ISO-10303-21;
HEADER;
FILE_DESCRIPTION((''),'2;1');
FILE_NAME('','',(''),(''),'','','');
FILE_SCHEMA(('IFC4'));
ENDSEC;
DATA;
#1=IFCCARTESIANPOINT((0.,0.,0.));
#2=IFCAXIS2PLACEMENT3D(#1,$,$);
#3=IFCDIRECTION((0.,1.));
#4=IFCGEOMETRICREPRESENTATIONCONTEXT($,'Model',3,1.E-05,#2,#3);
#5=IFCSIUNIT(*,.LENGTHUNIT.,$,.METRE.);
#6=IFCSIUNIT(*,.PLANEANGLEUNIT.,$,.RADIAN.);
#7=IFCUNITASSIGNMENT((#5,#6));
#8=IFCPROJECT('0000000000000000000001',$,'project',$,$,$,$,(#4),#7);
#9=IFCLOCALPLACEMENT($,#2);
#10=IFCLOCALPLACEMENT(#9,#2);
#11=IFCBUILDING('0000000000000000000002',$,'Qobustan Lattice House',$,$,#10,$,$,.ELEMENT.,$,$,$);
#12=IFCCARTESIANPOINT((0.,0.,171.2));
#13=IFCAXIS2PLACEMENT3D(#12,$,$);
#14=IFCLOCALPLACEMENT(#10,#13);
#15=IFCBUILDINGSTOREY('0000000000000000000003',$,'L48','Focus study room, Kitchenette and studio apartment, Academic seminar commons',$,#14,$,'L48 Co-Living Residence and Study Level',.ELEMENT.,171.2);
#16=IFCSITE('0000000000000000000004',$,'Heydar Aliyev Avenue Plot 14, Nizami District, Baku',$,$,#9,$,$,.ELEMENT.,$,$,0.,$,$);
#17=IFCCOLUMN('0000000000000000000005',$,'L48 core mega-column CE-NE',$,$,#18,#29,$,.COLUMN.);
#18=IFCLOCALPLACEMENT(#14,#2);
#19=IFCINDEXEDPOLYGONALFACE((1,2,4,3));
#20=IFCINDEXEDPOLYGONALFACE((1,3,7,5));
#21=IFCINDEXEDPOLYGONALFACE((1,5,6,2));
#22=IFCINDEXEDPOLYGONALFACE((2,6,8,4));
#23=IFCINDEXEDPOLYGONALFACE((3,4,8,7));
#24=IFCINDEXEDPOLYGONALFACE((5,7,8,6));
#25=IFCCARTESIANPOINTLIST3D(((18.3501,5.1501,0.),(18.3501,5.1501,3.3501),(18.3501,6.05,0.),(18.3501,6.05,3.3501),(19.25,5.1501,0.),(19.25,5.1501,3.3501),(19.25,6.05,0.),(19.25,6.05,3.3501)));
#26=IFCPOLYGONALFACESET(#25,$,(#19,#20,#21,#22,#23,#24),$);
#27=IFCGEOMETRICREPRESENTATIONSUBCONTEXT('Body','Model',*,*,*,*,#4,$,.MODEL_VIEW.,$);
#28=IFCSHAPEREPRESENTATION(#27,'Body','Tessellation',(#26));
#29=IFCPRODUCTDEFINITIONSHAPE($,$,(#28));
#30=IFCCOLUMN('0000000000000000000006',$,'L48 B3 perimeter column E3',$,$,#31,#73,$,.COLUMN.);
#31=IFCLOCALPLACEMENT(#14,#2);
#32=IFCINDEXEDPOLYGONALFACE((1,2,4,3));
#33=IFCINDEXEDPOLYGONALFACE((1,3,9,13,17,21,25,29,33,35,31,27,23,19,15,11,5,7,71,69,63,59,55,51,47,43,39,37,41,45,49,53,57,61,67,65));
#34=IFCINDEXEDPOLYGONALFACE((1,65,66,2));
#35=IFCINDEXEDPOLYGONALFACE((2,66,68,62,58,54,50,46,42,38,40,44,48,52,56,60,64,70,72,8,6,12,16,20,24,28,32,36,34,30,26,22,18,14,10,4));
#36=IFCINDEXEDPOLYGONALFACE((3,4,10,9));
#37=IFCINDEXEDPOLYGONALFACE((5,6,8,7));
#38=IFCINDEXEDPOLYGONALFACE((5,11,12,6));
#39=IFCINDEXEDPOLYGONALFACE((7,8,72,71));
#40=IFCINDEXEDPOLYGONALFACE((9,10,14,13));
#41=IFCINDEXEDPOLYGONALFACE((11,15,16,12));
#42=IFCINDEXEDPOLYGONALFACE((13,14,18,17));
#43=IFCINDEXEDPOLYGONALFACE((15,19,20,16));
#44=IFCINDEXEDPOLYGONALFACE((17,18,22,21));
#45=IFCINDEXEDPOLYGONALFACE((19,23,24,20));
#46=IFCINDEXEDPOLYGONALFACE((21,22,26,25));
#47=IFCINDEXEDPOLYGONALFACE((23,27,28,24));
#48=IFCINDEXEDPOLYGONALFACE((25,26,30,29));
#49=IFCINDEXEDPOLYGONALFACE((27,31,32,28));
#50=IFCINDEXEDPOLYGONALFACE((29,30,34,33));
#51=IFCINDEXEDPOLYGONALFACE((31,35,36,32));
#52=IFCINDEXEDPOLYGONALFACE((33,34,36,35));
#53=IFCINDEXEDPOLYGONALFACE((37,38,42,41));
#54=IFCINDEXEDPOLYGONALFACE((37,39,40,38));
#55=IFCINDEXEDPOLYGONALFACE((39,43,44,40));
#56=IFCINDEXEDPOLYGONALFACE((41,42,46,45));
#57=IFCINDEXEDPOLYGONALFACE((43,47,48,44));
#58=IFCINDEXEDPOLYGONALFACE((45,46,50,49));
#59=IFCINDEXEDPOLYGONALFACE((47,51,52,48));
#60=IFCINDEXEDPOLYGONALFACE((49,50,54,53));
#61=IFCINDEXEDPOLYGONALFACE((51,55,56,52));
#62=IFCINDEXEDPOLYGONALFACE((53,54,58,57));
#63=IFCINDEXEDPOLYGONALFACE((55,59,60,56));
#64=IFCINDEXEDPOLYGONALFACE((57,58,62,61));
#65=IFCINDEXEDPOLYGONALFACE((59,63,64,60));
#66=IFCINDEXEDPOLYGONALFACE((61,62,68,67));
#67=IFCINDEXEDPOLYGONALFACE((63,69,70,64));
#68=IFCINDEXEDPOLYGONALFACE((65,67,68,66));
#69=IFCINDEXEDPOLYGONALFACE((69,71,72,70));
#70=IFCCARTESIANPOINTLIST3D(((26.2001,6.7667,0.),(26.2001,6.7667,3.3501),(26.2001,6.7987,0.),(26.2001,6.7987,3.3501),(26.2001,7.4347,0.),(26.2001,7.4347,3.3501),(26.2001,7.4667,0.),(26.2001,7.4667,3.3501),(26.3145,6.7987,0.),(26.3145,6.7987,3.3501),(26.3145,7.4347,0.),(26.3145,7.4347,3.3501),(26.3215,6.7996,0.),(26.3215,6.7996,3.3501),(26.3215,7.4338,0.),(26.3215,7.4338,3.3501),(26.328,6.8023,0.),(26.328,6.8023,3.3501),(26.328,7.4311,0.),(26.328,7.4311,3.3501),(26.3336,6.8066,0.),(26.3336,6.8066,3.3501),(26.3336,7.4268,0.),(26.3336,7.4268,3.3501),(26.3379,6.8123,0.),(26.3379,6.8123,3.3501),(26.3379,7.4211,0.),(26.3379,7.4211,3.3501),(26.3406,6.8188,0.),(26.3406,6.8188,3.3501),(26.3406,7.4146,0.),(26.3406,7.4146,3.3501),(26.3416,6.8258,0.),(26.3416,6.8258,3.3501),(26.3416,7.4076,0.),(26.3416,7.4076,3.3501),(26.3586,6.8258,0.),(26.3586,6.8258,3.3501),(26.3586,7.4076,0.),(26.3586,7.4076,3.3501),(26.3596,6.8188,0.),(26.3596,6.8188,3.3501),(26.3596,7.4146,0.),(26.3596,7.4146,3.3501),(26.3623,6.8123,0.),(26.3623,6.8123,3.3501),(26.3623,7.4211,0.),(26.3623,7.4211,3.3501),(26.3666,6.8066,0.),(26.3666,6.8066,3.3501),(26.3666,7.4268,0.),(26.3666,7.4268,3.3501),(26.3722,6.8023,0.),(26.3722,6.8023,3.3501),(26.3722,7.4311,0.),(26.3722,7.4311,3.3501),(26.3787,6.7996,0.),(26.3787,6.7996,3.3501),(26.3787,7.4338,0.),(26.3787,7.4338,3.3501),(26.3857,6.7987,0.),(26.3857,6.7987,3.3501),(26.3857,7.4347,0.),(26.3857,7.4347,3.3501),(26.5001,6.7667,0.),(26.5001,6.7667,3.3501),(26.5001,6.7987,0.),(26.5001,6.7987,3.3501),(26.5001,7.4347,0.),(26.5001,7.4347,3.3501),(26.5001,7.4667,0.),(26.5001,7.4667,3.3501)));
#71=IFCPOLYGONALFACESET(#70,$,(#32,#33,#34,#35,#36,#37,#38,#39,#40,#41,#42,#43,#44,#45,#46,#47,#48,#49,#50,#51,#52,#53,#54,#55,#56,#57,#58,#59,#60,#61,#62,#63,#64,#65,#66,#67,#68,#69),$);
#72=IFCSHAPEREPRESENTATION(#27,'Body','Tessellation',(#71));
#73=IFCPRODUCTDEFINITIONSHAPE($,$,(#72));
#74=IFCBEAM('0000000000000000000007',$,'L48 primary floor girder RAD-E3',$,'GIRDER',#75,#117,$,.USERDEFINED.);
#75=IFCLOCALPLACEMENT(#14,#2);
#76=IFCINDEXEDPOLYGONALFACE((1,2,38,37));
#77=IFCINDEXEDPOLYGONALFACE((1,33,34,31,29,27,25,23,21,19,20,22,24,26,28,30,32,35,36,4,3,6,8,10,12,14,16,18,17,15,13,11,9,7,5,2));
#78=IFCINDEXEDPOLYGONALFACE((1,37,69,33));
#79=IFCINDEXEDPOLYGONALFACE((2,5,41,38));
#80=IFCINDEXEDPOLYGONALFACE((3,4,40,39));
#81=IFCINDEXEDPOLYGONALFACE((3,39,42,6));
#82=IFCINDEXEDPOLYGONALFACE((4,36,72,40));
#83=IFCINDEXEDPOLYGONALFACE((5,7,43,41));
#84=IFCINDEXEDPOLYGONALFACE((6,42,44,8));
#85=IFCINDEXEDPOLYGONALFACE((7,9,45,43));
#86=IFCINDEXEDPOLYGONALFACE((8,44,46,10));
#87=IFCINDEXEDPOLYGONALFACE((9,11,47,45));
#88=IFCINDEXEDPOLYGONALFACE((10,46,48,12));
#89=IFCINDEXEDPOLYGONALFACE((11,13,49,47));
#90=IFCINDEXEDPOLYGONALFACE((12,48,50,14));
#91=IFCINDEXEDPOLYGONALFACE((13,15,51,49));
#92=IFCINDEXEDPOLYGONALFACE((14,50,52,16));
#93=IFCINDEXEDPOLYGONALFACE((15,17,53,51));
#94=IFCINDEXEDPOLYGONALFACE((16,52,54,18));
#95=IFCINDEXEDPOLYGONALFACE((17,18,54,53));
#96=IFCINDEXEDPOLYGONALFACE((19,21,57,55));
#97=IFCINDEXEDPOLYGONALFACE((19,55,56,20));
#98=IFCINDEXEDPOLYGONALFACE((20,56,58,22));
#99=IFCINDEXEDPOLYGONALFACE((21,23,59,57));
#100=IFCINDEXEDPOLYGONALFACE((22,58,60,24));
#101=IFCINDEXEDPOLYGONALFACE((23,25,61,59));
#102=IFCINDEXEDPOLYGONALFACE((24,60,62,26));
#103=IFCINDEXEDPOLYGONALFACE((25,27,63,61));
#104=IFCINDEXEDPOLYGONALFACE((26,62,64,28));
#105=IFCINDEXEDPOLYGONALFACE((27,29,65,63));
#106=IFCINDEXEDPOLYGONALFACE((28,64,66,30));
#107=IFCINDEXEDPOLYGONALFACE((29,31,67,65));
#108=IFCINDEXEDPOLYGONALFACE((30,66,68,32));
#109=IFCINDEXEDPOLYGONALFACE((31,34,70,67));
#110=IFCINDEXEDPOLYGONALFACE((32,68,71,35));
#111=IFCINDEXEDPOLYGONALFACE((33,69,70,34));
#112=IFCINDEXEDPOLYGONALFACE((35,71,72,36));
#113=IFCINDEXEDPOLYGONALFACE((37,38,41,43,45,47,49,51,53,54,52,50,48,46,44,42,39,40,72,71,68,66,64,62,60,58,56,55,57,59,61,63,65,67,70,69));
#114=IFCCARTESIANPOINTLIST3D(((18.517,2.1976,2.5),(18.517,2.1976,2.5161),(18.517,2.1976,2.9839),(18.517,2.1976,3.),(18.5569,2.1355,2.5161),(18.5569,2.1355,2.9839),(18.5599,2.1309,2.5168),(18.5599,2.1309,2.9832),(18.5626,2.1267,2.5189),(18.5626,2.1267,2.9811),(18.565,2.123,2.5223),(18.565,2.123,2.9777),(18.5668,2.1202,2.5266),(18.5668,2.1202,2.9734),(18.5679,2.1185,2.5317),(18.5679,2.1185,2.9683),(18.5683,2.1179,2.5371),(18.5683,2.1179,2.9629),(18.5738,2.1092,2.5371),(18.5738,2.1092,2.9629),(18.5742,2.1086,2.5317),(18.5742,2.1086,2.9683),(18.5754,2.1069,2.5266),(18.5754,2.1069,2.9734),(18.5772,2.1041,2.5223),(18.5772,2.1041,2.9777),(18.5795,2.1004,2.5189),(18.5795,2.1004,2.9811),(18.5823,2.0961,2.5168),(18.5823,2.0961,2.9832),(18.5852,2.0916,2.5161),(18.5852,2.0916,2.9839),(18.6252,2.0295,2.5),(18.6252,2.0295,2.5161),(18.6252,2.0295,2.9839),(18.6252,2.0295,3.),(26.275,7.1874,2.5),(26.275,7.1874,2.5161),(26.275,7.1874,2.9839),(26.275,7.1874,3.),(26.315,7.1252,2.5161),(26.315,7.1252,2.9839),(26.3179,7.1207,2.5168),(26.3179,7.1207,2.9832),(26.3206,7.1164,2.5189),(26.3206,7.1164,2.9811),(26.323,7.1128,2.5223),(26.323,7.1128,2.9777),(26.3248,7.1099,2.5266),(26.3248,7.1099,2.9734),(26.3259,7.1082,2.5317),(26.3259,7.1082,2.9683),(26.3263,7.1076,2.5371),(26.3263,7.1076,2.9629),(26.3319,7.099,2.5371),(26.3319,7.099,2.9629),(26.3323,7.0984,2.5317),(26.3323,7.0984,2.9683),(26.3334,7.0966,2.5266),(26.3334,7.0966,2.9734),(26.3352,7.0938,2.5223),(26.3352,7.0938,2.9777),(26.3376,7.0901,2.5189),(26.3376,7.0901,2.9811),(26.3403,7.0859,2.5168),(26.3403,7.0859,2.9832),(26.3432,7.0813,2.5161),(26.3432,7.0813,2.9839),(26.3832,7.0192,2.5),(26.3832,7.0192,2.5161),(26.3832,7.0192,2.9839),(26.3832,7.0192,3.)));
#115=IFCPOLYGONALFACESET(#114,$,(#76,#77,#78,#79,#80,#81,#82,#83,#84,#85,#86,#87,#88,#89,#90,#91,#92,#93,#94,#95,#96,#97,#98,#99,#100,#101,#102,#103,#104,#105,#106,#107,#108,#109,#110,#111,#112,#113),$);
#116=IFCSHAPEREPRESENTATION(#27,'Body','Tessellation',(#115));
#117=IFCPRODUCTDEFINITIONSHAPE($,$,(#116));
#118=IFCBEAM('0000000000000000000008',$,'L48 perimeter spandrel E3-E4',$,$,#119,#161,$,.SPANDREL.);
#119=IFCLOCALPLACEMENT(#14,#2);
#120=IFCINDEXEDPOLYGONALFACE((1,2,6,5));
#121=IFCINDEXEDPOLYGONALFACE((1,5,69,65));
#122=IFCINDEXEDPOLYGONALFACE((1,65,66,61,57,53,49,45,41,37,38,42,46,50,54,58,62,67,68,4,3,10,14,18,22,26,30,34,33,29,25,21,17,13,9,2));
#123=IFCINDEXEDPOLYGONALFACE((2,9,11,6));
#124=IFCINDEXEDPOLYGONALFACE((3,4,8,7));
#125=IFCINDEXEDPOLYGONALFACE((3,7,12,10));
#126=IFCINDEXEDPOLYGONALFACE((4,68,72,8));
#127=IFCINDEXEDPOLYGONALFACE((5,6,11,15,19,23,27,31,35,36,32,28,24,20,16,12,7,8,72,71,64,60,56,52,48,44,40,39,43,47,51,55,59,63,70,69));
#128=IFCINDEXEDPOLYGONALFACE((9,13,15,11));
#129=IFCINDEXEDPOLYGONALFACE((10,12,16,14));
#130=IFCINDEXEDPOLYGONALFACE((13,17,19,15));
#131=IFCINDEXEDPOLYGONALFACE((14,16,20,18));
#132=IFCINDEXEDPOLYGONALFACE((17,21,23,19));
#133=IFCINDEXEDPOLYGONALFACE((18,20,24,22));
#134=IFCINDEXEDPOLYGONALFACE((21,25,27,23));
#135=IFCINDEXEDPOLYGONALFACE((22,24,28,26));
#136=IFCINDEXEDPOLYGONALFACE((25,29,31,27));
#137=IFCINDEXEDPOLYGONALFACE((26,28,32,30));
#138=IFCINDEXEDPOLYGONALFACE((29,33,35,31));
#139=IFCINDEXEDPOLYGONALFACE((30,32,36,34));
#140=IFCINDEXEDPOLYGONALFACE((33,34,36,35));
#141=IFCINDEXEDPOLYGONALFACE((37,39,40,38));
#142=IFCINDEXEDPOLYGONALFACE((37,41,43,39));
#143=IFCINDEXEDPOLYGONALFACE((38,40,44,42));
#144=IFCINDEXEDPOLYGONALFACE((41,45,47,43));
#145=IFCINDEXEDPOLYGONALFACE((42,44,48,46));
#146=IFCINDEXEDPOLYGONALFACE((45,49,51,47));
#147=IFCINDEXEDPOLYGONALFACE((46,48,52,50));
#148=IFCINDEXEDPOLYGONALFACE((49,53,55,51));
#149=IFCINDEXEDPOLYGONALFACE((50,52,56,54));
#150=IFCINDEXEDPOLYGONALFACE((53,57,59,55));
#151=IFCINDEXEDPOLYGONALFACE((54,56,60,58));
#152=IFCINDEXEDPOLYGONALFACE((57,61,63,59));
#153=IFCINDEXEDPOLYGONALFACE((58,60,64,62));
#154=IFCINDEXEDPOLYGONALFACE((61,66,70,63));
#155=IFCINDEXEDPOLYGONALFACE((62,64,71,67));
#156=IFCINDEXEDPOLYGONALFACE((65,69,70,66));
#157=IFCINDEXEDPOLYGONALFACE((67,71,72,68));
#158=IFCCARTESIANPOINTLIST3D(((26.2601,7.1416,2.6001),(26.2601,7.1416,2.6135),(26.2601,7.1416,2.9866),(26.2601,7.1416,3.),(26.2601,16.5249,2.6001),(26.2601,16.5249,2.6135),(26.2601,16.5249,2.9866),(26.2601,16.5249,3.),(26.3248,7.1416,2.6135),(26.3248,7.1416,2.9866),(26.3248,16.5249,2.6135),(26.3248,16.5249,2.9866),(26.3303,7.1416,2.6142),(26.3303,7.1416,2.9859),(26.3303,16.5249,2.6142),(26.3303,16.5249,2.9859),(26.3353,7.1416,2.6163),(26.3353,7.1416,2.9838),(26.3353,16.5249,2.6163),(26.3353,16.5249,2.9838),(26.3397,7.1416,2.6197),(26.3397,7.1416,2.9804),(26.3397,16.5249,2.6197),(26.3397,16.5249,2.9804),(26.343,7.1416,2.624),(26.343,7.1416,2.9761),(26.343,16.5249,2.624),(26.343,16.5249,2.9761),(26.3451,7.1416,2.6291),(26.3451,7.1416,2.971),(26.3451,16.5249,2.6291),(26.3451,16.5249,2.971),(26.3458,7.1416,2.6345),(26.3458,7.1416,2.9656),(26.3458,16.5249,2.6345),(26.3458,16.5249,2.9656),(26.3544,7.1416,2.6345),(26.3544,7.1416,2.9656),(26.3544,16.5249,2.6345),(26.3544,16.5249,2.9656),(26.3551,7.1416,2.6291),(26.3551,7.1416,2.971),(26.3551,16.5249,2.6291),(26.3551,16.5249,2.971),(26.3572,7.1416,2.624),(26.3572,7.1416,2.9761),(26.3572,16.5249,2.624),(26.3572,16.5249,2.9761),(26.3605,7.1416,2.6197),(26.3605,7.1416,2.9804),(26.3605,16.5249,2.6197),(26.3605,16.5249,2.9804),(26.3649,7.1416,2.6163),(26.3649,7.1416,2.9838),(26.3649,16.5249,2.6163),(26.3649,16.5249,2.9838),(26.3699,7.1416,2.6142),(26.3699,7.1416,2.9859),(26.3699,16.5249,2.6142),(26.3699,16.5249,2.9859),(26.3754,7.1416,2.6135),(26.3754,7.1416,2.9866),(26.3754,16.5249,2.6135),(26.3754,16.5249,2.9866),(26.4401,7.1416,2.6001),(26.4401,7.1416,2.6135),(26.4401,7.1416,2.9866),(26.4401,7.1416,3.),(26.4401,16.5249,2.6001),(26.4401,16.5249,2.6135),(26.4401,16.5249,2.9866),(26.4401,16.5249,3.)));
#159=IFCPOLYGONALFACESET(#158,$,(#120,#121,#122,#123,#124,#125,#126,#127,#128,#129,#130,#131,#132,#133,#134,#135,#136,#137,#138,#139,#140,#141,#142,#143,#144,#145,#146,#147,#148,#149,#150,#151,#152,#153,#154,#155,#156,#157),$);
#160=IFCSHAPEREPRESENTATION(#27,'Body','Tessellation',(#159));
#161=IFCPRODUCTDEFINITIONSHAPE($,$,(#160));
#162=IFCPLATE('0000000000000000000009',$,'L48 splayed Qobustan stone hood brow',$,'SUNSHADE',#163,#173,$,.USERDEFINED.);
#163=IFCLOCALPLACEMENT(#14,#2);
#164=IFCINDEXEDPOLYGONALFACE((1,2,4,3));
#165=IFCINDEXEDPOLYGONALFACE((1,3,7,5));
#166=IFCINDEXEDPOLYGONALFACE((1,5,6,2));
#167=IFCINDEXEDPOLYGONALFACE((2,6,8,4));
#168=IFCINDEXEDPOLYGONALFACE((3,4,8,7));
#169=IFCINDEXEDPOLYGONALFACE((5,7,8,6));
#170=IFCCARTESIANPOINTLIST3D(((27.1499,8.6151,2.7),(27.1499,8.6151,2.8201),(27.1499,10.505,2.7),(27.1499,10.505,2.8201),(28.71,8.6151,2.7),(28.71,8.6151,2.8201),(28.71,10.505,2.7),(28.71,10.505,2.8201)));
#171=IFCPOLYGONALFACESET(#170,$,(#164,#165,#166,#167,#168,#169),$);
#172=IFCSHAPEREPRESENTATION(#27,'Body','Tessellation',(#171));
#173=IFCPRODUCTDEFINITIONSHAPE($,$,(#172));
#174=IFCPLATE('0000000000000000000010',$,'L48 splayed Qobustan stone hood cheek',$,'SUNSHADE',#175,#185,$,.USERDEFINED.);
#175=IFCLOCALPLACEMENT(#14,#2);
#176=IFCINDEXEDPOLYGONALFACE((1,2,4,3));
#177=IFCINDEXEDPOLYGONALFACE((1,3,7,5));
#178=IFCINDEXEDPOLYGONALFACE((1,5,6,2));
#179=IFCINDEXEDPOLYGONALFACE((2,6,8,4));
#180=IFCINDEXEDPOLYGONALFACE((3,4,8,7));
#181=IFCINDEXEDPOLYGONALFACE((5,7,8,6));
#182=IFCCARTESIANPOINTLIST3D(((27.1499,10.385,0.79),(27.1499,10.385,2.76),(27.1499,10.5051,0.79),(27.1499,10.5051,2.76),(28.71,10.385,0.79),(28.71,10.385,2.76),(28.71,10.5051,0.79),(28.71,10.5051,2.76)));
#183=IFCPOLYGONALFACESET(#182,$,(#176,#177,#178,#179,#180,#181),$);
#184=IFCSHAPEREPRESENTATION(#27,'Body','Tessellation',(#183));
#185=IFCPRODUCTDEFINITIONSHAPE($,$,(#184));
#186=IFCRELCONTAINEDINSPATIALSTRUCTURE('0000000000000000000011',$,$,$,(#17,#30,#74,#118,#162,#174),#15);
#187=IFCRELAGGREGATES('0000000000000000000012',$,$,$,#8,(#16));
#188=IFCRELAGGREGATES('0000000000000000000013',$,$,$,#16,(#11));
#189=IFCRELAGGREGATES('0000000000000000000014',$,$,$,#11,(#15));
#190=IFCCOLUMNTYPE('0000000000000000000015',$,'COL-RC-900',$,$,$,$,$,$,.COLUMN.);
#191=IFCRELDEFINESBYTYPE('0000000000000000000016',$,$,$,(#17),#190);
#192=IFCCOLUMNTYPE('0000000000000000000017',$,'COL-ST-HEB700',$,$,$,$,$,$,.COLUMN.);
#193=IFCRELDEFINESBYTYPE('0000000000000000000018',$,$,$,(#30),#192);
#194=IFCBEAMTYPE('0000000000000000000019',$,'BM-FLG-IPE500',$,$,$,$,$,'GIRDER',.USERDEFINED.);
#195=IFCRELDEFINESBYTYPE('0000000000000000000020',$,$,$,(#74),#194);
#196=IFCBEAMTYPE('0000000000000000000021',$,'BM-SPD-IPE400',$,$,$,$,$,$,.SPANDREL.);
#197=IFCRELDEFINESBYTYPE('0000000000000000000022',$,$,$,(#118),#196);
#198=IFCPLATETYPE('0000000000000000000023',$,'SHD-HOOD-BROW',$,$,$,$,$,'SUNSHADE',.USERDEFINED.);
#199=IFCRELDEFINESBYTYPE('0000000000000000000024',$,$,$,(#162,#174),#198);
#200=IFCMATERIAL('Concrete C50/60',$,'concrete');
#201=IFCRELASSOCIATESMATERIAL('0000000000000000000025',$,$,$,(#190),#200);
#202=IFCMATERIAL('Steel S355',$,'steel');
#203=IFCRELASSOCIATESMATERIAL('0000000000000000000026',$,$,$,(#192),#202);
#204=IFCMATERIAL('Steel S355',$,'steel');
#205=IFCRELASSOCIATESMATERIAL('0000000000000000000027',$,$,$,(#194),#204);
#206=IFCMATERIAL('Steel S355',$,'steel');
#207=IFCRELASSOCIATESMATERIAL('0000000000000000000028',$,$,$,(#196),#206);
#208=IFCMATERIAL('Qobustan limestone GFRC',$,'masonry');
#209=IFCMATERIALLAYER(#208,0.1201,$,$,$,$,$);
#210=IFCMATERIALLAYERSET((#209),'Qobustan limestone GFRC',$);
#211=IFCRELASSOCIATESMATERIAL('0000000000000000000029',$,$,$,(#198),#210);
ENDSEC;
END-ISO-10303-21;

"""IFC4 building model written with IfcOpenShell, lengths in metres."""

from ifc_helpers import new_model, si_unit, direction, frame, origin, origin_2d, place, context, subcontext, project, spatial, rectangle, i_section, extrude, material, layer, layer_set, material_profile, profile_set, type_object, element, save


model = new_model("IFC4")

# Units and contexts
model_context = context("Model", 3, precision=1e-05, world=origin(), true_north=direction((0.0, 1.0)))
body_context = subcontext(model_context, "Body", "Model", "MODEL_VIEW")
ifc_project = project(units=[si_unit("LENGTHUNIT", "METRE"), si_unit("PLANEANGLEUNIT", "RADIAN")], contexts=[model_context])

# Site, building, storey
site_placement = place(None, origin())
site = spatial("IfcSite", under=ifc_project, at=site_placement, Name="Heydar Aliyev Avenue Plot 14, Nizami District, Baku", CompositionType="ELEMENT", RefElevation=0.0)
building_placement = place(site_placement, origin())
building = spatial("IfcBuilding", under=site, at=building_placement, Name="Qobustan Lattice House", CompositionType="ELEMENT")
storey_placement = place(building_placement, frame((0.0, 0.0, 171.2)))
storey = spatial("IfcBuildingStorey", under=building, at=storey_placement, Name="L48", Description="Focus study room, Kitchenette and studio apartment, Academic seminar commons", LongName="L48 Co-Living Residence and Study Level", CompositionType="ELEMENT", Elevation=171.2)

# Columns
ifc_material_1 = material(Name="Concrete C50/60", Category="concrete")
ifc_material_profile_1 = material_profile(ifc_material_1, rectangle(XDim=0.8999, YDim=0.8999, at=origin_2d()), Name="RC900x900")
ifc_profile_set_1 = profile_set([ifc_material_profile_1], Name="Concrete C50/60")
column_type_1 = type_object("IfcColumnType", Name="COL-RC-900", PredefinedType="COLUMN", material=ifc_profile_set_1)
column_1_placement = place(storey_placement, frame((18.8, 5.6001, 0.0), z_axis=(0.0, 0.0, 1.0), x_axis=(1.0, 0.0, 0.0)))
element("IfcColumn", 1, at=column_1_placement, inside=storey, type_object=column_type_1, Name="L48 core mega-column CE-NE", PredefinedType="COLUMN", context=body_context, shape_type="SweptSolid", body=[
    extrude(rectangle(XDim=0.8999, YDim=0.8999, at=origin_2d()), origin(), (0.0, 0.0, 1.0), 3.3501),
])
ifc_material_2 = material(Name="Steel S355", Category="steel")
ifc_material_profile_2 = material_profile(ifc_material_2, i_section(OverallWidth=0.3, OverallDepth=0.7, WebThickness=0.0171, FlangeThickness=0.032, FilletRadius=0.0271, at=origin_2d()), Name="HEB700")
ifc_profile_set_2 = profile_set([ifc_material_profile_2], Name="Steel S355")
column_type_2 = type_object("IfcColumnType", Name="COL-ST-HEB700", PredefinedType="COLUMN", material=ifc_profile_set_2)
column_2_placement = place(storey_placement, frame((26.3501, 7.1167, 0.0), z_axis=(0.0, 0.0, 1.0), x_axis=(1.0, 0.0, 0.0)))
element("IfcColumn", 2, at=column_2_placement, inside=storey, type_object=column_type_2, Name="L48 B3 perimeter column E3", PredefinedType="COLUMN", context=body_context, shape_type="SweptSolid", body=[
    extrude(i_section(OverallWidth=0.3, OverallDepth=0.7, WebThickness=0.0171, FlangeThickness=0.032, FilletRadius=0.0271, at=origin_2d()), origin(), (0.0, 0.0, 1.0), 3.3501),
])

# Beams
ifc_material_3 = material(Name="Steel S355", Category="steel")
ifc_material_profile_3 = material_profile(ifc_material_3, i_section(OverallWidth=0.2, OverallDepth=0.5, WebThickness=0.0103, FlangeThickness=0.0161, FilletRadius=0.021, at=origin_2d()), Name="IPE500")
ifc_profile_set_3 = profile_set([ifc_material_profile_3], Name="Steel S355")
beam_type_1 = type_object("IfcBeamType", Name="BM-FLG-IPE500", ElementType="GIRDER", PredefinedType="USERDEFINED", material=ifc_profile_set_3)
beam_1_placement = place(storey_placement, frame((26.3291, 7.1033, 2.75), z_axis=(-0.841059, -0.540944, 0.0), x_axis=(0.540944, -0.841059, 0.0)))
element("IfcBeam", 3, at=beam_1_placement, inside=storey, type_object=beam_type_1, Name="L48 primary floor girder RAD-E3", ObjectType="GIRDER", PredefinedType="USERDEFINED", context=body_context, shape_type="SweptSolid", body=[
    extrude(i_section(OverallWidth=0.2, OverallDepth=0.5, WebThickness=0.0103, FlangeThickness=0.0161, FilletRadius=0.021, at=origin_2d()), origin(), (0.0, 0.0, 1.0), 9.2241),
])
ifc_material_4 = material(Name="Steel S355", Category="steel")
ifc_material_profile_4 = material_profile(ifc_material_4, i_section(OverallWidth=0.1799, OverallDepth=0.3999, WebThickness=0.0085, FlangeThickness=0.0134, FilletRadius=0.021, at=origin_2d()), Name="IPE400")
ifc_profile_set_4 = profile_set([ifc_material_profile_4], Name="Steel S355")
beam_type_2 = type_object("IfcBeamType", Name="BM-SPD-IPE400", PredefinedType="SPANDREL", material=ifc_profile_set_4)
beam_2_placement = place(storey_placement, frame((26.3501, 7.1416, 2.8), z_axis=(0.0, 1.0, 0.0), x_axis=(-1.0, 0.0, 0.0)))
element("IfcBeam", 4, at=beam_2_placement, inside=storey, type_object=beam_type_2, Name="L48 perimeter spandrel E3-E4", PredefinedType="SPANDREL", context=body_context, shape_type="SweptSolid", body=[
    extrude(i_section(OverallWidth=0.1799, OverallDepth=0.3999, WebThickness=0.0085, FlangeThickness=0.0134, FilletRadius=0.021, at=origin_2d()), origin(), (0.0, 0.0, 1.0), 9.3833),
])

# Plates
ifc_material_5 = material(Name="Qobustan limestone GFRC", Category="masonry")
ifc_layer_1 = layer(ifc_material_5, 0.1201)
ifc_layer_set_1 = layer_set([ifc_layer_1], Name="Qobustan limestone GFRC")
plate_type = type_object("IfcPlateType", Name="SHD-HOOD-BROW", ElementType="SUNSHADE", PredefinedType="USERDEFINED", material=ifc_layer_set_1)
plate_1_placement = place(storey_placement, frame((27.9299, 9.5601, 2.7), z_axis=(0.0, 0.0, 1.0), x_axis=(0.0, -1.0, 0.0)))
element("IfcPlate", 5, at=plate_1_placement, inside=storey, type_object=plate_type, Name="L48 splayed Qobustan stone hood brow", ObjectType="SUNSHADE", PredefinedType="USERDEFINED", context=body_context, shape_type="SweptSolid", body=[
    extrude(rectangle(XDim=1.8899, YDim=1.5601, at=origin_2d()), origin(), (0.0, 0.0, 1.0), 0.1201),
])
plate_2_placement = place(storey_placement, frame((27.9299, 10.4451, 0.79), z_axis=(0.0, 0.0, 1.0), x_axis=(0.0, -1.0, 0.0)))
element("IfcPlate", 6, at=plate_2_placement, inside=storey, type_object=plate_type, Name="L48 splayed Qobustan stone hood cheek", ObjectType="SUNSHADE", PredefinedType="USERDEFINED", context=body_context, shape_type="SweptSolid", body=[
    extrude(rectangle(XDim=0.1201, YDim=1.5601, at=origin_2d()), origin(), (0.0, 0.0, 1.0), 1.97),
])

save(model, "model.ifc")
